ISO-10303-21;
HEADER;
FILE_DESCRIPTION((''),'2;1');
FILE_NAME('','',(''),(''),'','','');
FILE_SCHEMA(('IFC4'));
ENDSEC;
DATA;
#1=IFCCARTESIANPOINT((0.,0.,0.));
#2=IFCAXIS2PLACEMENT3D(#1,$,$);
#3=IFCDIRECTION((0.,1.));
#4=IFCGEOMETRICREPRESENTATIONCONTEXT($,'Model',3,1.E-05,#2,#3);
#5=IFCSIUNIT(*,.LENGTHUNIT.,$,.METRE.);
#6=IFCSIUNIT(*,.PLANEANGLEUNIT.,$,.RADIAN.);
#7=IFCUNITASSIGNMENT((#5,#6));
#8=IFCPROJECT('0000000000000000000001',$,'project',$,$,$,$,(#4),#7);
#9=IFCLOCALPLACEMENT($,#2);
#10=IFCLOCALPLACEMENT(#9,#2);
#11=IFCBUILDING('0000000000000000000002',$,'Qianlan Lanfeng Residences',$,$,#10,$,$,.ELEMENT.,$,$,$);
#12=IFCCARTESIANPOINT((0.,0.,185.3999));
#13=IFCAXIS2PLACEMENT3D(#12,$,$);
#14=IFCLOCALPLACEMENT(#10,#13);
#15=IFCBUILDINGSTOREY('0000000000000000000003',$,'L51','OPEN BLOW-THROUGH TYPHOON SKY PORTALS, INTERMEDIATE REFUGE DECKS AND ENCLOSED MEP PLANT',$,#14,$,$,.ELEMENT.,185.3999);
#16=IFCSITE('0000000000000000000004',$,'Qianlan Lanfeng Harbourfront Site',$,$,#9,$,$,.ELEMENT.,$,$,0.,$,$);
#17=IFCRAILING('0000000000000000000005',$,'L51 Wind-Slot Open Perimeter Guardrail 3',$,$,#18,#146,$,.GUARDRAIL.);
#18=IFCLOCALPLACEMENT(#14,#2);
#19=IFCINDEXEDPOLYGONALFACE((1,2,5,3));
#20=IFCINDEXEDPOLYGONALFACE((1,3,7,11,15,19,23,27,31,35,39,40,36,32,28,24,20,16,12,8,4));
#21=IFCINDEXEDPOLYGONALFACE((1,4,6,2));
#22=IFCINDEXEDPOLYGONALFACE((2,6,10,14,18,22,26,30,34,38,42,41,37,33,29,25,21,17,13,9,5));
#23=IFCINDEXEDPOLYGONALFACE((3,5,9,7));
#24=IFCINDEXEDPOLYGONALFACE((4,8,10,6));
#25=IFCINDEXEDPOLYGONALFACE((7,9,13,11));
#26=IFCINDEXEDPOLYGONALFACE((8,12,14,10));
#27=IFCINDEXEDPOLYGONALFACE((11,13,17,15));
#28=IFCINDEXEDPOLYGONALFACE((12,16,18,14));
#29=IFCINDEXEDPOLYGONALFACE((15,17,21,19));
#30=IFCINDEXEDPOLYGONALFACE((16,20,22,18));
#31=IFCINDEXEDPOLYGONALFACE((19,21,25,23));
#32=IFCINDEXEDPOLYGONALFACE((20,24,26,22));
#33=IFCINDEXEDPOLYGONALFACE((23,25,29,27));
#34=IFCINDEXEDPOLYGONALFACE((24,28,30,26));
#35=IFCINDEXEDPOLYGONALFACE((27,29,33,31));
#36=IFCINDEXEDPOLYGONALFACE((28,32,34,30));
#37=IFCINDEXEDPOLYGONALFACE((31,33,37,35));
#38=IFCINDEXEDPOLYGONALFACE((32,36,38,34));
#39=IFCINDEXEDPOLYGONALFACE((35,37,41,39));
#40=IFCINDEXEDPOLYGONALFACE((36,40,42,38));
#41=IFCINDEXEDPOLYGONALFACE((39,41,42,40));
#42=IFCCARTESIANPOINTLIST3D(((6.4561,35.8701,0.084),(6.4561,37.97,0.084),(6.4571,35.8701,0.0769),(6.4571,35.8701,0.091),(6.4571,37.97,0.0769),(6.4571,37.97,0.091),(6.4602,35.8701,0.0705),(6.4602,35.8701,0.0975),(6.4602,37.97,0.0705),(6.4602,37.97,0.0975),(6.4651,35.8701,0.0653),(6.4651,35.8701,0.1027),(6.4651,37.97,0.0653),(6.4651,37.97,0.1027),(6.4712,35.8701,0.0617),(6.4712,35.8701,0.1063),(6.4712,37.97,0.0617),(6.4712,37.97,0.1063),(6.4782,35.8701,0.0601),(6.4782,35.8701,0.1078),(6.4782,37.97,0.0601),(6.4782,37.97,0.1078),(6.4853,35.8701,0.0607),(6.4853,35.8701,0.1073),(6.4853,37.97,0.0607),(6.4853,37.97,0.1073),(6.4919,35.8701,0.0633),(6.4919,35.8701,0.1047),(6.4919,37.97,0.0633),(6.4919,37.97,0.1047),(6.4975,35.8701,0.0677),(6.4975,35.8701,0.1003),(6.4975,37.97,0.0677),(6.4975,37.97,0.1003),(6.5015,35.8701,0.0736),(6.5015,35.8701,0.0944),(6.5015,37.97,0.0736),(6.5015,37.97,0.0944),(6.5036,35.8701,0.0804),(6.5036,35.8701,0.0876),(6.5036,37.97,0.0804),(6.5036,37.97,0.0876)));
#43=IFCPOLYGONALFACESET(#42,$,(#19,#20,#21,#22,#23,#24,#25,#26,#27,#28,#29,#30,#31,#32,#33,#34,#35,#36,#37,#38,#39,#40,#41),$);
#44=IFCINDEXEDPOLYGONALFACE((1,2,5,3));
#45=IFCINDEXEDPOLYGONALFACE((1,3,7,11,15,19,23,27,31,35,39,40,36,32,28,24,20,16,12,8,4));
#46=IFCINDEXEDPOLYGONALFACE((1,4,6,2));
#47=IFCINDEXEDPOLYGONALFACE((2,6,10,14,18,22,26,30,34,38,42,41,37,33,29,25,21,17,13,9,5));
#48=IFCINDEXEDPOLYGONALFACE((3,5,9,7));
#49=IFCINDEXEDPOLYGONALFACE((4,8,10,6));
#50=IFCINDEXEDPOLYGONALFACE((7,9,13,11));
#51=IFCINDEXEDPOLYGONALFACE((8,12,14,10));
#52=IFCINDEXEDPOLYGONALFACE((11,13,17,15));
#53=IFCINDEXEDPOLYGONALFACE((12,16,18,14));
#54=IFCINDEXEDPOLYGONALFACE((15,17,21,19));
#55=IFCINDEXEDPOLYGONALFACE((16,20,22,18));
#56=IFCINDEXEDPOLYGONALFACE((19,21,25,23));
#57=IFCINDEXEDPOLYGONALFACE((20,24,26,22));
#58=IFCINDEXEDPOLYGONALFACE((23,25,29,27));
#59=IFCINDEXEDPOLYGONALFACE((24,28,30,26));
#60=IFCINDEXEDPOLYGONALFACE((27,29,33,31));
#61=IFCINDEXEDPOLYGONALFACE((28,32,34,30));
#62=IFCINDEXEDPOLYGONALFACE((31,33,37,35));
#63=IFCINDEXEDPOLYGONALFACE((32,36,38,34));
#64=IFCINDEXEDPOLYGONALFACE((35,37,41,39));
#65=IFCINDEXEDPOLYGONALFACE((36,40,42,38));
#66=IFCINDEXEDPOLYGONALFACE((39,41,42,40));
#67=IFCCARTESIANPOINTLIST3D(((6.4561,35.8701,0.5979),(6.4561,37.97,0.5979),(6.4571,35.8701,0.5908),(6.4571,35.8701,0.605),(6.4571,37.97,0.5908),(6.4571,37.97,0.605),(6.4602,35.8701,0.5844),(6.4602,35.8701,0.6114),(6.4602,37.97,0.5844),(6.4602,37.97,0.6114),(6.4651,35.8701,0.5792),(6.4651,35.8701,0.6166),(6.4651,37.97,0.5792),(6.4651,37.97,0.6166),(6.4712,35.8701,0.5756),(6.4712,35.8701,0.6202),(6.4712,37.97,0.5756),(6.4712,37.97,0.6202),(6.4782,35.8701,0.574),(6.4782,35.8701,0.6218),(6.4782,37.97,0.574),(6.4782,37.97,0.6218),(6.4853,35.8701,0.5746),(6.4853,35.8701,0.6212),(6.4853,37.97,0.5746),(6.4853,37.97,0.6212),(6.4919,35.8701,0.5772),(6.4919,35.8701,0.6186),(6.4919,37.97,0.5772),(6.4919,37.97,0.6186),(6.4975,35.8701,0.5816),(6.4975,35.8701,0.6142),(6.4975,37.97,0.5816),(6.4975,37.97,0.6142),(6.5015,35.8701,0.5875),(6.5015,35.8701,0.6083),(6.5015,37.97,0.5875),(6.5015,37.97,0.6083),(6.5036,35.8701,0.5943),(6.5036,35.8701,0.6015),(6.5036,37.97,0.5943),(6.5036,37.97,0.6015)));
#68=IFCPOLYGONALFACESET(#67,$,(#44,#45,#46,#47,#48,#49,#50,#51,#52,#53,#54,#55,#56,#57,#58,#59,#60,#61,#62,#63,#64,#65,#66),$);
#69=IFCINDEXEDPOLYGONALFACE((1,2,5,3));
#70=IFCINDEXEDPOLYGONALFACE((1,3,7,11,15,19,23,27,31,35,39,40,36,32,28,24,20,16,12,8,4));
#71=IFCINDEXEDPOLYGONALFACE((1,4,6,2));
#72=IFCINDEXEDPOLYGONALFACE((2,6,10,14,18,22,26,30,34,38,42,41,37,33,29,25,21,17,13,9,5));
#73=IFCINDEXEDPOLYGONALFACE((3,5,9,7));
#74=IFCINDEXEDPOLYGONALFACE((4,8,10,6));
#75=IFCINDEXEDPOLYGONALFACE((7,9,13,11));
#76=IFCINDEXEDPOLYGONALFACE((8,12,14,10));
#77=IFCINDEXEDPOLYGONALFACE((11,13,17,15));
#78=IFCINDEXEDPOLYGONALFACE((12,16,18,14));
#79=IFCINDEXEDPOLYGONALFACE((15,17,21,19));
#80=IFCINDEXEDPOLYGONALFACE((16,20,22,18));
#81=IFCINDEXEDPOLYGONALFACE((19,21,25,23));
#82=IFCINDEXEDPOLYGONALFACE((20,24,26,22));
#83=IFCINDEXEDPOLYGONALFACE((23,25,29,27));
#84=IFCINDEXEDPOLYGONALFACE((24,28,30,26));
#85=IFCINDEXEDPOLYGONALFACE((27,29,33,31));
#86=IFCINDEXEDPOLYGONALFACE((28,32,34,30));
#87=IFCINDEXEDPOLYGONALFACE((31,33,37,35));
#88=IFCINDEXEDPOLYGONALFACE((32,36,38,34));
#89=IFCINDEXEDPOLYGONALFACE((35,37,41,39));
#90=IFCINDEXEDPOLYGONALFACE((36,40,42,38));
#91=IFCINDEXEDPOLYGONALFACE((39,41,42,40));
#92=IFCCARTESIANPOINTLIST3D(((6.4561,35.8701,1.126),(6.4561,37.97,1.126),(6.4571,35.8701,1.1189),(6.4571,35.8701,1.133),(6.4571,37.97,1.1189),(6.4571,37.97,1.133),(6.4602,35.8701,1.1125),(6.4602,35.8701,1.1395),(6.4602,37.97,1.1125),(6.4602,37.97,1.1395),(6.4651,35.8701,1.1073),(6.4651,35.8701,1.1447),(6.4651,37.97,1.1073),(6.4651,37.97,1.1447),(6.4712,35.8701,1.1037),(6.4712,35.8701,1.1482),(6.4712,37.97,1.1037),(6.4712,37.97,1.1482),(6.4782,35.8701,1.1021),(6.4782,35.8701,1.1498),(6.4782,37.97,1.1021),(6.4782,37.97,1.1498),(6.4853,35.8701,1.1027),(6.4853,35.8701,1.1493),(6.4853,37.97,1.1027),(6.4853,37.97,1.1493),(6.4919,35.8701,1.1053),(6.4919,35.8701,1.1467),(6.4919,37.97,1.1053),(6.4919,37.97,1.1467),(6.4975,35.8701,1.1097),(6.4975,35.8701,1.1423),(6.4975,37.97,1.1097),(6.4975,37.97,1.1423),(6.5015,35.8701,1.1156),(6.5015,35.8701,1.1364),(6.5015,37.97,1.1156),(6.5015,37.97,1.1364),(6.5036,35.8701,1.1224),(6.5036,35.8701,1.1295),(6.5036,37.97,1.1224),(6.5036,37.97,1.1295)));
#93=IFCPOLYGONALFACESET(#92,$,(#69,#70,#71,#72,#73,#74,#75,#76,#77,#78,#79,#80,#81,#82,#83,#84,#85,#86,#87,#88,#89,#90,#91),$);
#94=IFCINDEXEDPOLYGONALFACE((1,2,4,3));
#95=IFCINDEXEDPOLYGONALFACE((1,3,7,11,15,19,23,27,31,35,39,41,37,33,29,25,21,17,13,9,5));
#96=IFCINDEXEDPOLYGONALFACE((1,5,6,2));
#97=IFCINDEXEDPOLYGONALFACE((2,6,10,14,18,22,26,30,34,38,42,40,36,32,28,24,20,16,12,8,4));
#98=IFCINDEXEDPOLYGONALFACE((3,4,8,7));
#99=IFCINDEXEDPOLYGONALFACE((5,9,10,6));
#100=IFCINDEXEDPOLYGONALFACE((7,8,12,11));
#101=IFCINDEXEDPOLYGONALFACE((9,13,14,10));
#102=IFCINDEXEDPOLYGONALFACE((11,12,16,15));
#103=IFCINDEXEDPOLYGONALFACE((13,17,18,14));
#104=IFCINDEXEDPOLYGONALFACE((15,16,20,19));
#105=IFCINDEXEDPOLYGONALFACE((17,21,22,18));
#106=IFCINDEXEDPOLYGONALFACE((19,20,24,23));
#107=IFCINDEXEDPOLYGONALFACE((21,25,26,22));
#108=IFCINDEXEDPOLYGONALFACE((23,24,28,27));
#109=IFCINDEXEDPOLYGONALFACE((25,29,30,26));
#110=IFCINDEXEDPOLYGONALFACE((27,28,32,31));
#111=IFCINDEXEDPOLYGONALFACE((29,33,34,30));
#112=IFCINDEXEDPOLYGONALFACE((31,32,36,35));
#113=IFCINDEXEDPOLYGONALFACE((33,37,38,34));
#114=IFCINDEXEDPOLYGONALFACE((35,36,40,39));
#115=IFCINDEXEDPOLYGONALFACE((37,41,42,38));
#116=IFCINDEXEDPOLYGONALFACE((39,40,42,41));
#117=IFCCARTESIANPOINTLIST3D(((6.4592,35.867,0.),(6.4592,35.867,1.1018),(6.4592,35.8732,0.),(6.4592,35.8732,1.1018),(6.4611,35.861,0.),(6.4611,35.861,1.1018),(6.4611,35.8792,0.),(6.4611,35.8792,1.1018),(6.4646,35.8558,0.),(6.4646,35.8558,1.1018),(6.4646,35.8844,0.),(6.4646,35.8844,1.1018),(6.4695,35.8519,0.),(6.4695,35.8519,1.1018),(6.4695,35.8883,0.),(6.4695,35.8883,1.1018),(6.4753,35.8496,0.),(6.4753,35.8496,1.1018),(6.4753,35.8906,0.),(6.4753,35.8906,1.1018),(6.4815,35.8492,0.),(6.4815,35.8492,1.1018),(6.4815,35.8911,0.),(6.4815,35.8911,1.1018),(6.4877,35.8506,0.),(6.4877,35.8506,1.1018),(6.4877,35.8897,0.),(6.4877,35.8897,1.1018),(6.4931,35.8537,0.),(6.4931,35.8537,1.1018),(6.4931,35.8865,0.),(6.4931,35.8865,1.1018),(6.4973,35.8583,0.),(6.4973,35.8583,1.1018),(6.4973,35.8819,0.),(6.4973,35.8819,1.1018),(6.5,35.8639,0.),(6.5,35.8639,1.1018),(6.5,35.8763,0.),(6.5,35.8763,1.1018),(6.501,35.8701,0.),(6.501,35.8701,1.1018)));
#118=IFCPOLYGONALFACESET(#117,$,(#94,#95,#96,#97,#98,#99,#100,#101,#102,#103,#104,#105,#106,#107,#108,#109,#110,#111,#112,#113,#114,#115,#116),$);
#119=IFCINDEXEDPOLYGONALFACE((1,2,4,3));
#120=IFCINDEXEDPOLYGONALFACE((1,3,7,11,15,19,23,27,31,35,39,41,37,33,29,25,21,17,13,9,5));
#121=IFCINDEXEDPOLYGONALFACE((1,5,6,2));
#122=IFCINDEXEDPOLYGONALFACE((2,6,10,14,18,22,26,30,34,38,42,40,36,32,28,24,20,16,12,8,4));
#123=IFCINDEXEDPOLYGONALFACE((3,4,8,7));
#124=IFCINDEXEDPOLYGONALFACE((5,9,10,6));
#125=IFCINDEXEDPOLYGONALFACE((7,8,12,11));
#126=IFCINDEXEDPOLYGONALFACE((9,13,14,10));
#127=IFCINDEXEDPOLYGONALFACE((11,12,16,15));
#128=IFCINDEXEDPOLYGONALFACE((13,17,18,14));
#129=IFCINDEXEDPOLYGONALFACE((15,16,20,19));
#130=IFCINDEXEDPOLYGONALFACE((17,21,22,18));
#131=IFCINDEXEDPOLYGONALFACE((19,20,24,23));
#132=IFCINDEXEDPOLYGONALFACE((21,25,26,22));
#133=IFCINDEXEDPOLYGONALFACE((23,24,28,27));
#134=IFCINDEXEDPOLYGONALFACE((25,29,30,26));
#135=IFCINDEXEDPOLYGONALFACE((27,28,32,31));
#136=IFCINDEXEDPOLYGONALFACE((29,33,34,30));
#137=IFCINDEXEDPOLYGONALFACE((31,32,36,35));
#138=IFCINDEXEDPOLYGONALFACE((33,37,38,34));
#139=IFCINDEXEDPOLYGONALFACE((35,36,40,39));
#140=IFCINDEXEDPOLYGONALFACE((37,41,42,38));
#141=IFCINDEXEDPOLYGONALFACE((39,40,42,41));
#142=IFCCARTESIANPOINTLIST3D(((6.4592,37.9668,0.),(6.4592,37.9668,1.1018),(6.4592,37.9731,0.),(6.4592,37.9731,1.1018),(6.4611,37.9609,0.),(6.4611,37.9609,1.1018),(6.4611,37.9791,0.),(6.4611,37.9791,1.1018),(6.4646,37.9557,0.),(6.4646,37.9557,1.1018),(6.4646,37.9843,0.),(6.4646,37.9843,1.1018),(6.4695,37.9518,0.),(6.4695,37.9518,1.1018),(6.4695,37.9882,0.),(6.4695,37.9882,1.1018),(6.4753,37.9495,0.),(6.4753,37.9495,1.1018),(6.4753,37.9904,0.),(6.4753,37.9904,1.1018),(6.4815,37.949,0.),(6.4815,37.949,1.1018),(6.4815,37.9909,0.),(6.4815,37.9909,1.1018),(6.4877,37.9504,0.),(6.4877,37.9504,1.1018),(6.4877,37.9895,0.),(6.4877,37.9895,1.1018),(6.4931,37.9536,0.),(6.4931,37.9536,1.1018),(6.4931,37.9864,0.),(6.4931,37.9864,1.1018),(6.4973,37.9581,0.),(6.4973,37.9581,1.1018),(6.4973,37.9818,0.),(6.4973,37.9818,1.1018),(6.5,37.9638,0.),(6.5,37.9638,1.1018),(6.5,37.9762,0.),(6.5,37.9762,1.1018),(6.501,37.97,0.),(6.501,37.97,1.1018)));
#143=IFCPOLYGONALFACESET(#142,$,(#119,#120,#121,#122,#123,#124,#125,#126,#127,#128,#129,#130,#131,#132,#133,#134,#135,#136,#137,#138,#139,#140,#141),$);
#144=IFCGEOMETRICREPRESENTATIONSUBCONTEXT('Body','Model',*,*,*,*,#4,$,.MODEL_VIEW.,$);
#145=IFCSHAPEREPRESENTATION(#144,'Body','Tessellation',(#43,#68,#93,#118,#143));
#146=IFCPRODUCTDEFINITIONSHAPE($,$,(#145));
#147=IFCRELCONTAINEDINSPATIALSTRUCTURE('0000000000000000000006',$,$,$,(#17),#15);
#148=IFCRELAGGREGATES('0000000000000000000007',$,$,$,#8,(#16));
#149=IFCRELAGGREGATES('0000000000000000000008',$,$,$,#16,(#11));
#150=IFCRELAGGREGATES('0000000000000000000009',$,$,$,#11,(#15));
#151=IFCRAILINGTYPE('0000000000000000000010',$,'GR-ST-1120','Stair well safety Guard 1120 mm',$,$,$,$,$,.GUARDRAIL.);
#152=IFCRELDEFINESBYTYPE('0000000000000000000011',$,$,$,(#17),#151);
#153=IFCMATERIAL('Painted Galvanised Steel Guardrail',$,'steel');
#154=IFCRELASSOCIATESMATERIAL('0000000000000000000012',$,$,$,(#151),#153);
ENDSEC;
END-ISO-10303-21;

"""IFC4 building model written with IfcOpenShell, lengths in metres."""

from ifc_helpers import new_model, si_unit, direction, frame, origin, origin_2d, place, context, subcontext, project, spatial, circle, extrude, material, type_object, element, save


model = new_model("IFC4")

# Units and contexts
model_context = context("Model", 3, precision=1e-05, world=origin(), true_north=direction((0.0, 1.0)))
body_context = subcontext(model_context, "Body", "Model", "MODEL_VIEW")
ifc_project = project(units=[si_unit("LENGTHUNIT", "METRE"), si_unit("PLANEANGLEUNIT", "RADIAN")], contexts=[model_context])

# Site, building, storey
site_placement = place(None, origin())
site = spatial("IfcSite", under=ifc_project, at=site_placement, Name="Qianlan Lanfeng Harbourfront Site", CompositionType="ELEMENT", RefElevation=0.0)
building_placement = place(site_placement, origin())
building = spatial("IfcBuilding", under=site, at=building_placement, Name="Qianlan Lanfeng Residences", CompositionType="ELEMENT")
storey_placement = place(building_placement, frame((0.0, 0.0, 185.3999)))
storey = spatial("IfcBuildingStorey", under=building, at=storey_placement, Name="L51", Description="OPEN BLOW-THROUGH TYPHOON SKY PORTALS, INTERMEDIATE REFUGE DECKS AND ENCLOSED MEP PLANT", CompositionType="ELEMENT", Elevation=185.3999)

# Railing
ifc_material_1 = material(Name="Painted Galvanised Steel Guardrail", Category="steel")
railing_type_1 = type_object("IfcRailingType", Name="GR-ST-1120", Description="Stair well safety Guard 1120 mm", PredefinedType="GUARDRAIL", material=ifc_material_1)
railing_1_placement = place(storey_placement, frame((6.48, 35.8701, 0.0)))
element("IfcRailing", 1, at=railing_1_placement, inside=storey, type_object=railing_type_1, Name="L51 Wind-Slot Open Perimeter Guardrail 3", PredefinedType="GUARDRAIL", context=body_context, shape_type="SweptSolid", body=[
    extrude(circle(Radius=0.0239, at=origin_2d()), frame((0.0, 0.0, 0.084), z_axis=(0.0, 1.0, 0.0), x_axis=(-1.0, 0.0, 0.0)), (0.0, 0.0, 1.0), 2.0999),
    extrude(circle(Radius=0.0239, at=origin_2d()), frame((0.0, 0.0, 0.5979), z_axis=(0.0, 1.0, 0.0), x_axis=(-1.0, 0.0, 0.0)), (0.0, 0.0, 1.0), 2.0999),
    extrude(circle(Radius=0.0239, at=origin_2d()), frame((0.0, 0.0, 1.126), z_axis=(0.0, 1.0, 0.0), x_axis=(-1.0, 0.0, 0.0)), (0.0, 0.0, 1.0), 2.0999),
    extrude(circle(Radius=0.021, at=origin_2d()), origin(), (0.0, 0.0, 1.0), 1.1018),
    extrude(circle(Radius=0.021, at=origin_2d()), frame((0.0, 2.0999, 0.0)), (0.0, 0.0, 1.0), 1.1018),
])

save(model, "model.ifc")
